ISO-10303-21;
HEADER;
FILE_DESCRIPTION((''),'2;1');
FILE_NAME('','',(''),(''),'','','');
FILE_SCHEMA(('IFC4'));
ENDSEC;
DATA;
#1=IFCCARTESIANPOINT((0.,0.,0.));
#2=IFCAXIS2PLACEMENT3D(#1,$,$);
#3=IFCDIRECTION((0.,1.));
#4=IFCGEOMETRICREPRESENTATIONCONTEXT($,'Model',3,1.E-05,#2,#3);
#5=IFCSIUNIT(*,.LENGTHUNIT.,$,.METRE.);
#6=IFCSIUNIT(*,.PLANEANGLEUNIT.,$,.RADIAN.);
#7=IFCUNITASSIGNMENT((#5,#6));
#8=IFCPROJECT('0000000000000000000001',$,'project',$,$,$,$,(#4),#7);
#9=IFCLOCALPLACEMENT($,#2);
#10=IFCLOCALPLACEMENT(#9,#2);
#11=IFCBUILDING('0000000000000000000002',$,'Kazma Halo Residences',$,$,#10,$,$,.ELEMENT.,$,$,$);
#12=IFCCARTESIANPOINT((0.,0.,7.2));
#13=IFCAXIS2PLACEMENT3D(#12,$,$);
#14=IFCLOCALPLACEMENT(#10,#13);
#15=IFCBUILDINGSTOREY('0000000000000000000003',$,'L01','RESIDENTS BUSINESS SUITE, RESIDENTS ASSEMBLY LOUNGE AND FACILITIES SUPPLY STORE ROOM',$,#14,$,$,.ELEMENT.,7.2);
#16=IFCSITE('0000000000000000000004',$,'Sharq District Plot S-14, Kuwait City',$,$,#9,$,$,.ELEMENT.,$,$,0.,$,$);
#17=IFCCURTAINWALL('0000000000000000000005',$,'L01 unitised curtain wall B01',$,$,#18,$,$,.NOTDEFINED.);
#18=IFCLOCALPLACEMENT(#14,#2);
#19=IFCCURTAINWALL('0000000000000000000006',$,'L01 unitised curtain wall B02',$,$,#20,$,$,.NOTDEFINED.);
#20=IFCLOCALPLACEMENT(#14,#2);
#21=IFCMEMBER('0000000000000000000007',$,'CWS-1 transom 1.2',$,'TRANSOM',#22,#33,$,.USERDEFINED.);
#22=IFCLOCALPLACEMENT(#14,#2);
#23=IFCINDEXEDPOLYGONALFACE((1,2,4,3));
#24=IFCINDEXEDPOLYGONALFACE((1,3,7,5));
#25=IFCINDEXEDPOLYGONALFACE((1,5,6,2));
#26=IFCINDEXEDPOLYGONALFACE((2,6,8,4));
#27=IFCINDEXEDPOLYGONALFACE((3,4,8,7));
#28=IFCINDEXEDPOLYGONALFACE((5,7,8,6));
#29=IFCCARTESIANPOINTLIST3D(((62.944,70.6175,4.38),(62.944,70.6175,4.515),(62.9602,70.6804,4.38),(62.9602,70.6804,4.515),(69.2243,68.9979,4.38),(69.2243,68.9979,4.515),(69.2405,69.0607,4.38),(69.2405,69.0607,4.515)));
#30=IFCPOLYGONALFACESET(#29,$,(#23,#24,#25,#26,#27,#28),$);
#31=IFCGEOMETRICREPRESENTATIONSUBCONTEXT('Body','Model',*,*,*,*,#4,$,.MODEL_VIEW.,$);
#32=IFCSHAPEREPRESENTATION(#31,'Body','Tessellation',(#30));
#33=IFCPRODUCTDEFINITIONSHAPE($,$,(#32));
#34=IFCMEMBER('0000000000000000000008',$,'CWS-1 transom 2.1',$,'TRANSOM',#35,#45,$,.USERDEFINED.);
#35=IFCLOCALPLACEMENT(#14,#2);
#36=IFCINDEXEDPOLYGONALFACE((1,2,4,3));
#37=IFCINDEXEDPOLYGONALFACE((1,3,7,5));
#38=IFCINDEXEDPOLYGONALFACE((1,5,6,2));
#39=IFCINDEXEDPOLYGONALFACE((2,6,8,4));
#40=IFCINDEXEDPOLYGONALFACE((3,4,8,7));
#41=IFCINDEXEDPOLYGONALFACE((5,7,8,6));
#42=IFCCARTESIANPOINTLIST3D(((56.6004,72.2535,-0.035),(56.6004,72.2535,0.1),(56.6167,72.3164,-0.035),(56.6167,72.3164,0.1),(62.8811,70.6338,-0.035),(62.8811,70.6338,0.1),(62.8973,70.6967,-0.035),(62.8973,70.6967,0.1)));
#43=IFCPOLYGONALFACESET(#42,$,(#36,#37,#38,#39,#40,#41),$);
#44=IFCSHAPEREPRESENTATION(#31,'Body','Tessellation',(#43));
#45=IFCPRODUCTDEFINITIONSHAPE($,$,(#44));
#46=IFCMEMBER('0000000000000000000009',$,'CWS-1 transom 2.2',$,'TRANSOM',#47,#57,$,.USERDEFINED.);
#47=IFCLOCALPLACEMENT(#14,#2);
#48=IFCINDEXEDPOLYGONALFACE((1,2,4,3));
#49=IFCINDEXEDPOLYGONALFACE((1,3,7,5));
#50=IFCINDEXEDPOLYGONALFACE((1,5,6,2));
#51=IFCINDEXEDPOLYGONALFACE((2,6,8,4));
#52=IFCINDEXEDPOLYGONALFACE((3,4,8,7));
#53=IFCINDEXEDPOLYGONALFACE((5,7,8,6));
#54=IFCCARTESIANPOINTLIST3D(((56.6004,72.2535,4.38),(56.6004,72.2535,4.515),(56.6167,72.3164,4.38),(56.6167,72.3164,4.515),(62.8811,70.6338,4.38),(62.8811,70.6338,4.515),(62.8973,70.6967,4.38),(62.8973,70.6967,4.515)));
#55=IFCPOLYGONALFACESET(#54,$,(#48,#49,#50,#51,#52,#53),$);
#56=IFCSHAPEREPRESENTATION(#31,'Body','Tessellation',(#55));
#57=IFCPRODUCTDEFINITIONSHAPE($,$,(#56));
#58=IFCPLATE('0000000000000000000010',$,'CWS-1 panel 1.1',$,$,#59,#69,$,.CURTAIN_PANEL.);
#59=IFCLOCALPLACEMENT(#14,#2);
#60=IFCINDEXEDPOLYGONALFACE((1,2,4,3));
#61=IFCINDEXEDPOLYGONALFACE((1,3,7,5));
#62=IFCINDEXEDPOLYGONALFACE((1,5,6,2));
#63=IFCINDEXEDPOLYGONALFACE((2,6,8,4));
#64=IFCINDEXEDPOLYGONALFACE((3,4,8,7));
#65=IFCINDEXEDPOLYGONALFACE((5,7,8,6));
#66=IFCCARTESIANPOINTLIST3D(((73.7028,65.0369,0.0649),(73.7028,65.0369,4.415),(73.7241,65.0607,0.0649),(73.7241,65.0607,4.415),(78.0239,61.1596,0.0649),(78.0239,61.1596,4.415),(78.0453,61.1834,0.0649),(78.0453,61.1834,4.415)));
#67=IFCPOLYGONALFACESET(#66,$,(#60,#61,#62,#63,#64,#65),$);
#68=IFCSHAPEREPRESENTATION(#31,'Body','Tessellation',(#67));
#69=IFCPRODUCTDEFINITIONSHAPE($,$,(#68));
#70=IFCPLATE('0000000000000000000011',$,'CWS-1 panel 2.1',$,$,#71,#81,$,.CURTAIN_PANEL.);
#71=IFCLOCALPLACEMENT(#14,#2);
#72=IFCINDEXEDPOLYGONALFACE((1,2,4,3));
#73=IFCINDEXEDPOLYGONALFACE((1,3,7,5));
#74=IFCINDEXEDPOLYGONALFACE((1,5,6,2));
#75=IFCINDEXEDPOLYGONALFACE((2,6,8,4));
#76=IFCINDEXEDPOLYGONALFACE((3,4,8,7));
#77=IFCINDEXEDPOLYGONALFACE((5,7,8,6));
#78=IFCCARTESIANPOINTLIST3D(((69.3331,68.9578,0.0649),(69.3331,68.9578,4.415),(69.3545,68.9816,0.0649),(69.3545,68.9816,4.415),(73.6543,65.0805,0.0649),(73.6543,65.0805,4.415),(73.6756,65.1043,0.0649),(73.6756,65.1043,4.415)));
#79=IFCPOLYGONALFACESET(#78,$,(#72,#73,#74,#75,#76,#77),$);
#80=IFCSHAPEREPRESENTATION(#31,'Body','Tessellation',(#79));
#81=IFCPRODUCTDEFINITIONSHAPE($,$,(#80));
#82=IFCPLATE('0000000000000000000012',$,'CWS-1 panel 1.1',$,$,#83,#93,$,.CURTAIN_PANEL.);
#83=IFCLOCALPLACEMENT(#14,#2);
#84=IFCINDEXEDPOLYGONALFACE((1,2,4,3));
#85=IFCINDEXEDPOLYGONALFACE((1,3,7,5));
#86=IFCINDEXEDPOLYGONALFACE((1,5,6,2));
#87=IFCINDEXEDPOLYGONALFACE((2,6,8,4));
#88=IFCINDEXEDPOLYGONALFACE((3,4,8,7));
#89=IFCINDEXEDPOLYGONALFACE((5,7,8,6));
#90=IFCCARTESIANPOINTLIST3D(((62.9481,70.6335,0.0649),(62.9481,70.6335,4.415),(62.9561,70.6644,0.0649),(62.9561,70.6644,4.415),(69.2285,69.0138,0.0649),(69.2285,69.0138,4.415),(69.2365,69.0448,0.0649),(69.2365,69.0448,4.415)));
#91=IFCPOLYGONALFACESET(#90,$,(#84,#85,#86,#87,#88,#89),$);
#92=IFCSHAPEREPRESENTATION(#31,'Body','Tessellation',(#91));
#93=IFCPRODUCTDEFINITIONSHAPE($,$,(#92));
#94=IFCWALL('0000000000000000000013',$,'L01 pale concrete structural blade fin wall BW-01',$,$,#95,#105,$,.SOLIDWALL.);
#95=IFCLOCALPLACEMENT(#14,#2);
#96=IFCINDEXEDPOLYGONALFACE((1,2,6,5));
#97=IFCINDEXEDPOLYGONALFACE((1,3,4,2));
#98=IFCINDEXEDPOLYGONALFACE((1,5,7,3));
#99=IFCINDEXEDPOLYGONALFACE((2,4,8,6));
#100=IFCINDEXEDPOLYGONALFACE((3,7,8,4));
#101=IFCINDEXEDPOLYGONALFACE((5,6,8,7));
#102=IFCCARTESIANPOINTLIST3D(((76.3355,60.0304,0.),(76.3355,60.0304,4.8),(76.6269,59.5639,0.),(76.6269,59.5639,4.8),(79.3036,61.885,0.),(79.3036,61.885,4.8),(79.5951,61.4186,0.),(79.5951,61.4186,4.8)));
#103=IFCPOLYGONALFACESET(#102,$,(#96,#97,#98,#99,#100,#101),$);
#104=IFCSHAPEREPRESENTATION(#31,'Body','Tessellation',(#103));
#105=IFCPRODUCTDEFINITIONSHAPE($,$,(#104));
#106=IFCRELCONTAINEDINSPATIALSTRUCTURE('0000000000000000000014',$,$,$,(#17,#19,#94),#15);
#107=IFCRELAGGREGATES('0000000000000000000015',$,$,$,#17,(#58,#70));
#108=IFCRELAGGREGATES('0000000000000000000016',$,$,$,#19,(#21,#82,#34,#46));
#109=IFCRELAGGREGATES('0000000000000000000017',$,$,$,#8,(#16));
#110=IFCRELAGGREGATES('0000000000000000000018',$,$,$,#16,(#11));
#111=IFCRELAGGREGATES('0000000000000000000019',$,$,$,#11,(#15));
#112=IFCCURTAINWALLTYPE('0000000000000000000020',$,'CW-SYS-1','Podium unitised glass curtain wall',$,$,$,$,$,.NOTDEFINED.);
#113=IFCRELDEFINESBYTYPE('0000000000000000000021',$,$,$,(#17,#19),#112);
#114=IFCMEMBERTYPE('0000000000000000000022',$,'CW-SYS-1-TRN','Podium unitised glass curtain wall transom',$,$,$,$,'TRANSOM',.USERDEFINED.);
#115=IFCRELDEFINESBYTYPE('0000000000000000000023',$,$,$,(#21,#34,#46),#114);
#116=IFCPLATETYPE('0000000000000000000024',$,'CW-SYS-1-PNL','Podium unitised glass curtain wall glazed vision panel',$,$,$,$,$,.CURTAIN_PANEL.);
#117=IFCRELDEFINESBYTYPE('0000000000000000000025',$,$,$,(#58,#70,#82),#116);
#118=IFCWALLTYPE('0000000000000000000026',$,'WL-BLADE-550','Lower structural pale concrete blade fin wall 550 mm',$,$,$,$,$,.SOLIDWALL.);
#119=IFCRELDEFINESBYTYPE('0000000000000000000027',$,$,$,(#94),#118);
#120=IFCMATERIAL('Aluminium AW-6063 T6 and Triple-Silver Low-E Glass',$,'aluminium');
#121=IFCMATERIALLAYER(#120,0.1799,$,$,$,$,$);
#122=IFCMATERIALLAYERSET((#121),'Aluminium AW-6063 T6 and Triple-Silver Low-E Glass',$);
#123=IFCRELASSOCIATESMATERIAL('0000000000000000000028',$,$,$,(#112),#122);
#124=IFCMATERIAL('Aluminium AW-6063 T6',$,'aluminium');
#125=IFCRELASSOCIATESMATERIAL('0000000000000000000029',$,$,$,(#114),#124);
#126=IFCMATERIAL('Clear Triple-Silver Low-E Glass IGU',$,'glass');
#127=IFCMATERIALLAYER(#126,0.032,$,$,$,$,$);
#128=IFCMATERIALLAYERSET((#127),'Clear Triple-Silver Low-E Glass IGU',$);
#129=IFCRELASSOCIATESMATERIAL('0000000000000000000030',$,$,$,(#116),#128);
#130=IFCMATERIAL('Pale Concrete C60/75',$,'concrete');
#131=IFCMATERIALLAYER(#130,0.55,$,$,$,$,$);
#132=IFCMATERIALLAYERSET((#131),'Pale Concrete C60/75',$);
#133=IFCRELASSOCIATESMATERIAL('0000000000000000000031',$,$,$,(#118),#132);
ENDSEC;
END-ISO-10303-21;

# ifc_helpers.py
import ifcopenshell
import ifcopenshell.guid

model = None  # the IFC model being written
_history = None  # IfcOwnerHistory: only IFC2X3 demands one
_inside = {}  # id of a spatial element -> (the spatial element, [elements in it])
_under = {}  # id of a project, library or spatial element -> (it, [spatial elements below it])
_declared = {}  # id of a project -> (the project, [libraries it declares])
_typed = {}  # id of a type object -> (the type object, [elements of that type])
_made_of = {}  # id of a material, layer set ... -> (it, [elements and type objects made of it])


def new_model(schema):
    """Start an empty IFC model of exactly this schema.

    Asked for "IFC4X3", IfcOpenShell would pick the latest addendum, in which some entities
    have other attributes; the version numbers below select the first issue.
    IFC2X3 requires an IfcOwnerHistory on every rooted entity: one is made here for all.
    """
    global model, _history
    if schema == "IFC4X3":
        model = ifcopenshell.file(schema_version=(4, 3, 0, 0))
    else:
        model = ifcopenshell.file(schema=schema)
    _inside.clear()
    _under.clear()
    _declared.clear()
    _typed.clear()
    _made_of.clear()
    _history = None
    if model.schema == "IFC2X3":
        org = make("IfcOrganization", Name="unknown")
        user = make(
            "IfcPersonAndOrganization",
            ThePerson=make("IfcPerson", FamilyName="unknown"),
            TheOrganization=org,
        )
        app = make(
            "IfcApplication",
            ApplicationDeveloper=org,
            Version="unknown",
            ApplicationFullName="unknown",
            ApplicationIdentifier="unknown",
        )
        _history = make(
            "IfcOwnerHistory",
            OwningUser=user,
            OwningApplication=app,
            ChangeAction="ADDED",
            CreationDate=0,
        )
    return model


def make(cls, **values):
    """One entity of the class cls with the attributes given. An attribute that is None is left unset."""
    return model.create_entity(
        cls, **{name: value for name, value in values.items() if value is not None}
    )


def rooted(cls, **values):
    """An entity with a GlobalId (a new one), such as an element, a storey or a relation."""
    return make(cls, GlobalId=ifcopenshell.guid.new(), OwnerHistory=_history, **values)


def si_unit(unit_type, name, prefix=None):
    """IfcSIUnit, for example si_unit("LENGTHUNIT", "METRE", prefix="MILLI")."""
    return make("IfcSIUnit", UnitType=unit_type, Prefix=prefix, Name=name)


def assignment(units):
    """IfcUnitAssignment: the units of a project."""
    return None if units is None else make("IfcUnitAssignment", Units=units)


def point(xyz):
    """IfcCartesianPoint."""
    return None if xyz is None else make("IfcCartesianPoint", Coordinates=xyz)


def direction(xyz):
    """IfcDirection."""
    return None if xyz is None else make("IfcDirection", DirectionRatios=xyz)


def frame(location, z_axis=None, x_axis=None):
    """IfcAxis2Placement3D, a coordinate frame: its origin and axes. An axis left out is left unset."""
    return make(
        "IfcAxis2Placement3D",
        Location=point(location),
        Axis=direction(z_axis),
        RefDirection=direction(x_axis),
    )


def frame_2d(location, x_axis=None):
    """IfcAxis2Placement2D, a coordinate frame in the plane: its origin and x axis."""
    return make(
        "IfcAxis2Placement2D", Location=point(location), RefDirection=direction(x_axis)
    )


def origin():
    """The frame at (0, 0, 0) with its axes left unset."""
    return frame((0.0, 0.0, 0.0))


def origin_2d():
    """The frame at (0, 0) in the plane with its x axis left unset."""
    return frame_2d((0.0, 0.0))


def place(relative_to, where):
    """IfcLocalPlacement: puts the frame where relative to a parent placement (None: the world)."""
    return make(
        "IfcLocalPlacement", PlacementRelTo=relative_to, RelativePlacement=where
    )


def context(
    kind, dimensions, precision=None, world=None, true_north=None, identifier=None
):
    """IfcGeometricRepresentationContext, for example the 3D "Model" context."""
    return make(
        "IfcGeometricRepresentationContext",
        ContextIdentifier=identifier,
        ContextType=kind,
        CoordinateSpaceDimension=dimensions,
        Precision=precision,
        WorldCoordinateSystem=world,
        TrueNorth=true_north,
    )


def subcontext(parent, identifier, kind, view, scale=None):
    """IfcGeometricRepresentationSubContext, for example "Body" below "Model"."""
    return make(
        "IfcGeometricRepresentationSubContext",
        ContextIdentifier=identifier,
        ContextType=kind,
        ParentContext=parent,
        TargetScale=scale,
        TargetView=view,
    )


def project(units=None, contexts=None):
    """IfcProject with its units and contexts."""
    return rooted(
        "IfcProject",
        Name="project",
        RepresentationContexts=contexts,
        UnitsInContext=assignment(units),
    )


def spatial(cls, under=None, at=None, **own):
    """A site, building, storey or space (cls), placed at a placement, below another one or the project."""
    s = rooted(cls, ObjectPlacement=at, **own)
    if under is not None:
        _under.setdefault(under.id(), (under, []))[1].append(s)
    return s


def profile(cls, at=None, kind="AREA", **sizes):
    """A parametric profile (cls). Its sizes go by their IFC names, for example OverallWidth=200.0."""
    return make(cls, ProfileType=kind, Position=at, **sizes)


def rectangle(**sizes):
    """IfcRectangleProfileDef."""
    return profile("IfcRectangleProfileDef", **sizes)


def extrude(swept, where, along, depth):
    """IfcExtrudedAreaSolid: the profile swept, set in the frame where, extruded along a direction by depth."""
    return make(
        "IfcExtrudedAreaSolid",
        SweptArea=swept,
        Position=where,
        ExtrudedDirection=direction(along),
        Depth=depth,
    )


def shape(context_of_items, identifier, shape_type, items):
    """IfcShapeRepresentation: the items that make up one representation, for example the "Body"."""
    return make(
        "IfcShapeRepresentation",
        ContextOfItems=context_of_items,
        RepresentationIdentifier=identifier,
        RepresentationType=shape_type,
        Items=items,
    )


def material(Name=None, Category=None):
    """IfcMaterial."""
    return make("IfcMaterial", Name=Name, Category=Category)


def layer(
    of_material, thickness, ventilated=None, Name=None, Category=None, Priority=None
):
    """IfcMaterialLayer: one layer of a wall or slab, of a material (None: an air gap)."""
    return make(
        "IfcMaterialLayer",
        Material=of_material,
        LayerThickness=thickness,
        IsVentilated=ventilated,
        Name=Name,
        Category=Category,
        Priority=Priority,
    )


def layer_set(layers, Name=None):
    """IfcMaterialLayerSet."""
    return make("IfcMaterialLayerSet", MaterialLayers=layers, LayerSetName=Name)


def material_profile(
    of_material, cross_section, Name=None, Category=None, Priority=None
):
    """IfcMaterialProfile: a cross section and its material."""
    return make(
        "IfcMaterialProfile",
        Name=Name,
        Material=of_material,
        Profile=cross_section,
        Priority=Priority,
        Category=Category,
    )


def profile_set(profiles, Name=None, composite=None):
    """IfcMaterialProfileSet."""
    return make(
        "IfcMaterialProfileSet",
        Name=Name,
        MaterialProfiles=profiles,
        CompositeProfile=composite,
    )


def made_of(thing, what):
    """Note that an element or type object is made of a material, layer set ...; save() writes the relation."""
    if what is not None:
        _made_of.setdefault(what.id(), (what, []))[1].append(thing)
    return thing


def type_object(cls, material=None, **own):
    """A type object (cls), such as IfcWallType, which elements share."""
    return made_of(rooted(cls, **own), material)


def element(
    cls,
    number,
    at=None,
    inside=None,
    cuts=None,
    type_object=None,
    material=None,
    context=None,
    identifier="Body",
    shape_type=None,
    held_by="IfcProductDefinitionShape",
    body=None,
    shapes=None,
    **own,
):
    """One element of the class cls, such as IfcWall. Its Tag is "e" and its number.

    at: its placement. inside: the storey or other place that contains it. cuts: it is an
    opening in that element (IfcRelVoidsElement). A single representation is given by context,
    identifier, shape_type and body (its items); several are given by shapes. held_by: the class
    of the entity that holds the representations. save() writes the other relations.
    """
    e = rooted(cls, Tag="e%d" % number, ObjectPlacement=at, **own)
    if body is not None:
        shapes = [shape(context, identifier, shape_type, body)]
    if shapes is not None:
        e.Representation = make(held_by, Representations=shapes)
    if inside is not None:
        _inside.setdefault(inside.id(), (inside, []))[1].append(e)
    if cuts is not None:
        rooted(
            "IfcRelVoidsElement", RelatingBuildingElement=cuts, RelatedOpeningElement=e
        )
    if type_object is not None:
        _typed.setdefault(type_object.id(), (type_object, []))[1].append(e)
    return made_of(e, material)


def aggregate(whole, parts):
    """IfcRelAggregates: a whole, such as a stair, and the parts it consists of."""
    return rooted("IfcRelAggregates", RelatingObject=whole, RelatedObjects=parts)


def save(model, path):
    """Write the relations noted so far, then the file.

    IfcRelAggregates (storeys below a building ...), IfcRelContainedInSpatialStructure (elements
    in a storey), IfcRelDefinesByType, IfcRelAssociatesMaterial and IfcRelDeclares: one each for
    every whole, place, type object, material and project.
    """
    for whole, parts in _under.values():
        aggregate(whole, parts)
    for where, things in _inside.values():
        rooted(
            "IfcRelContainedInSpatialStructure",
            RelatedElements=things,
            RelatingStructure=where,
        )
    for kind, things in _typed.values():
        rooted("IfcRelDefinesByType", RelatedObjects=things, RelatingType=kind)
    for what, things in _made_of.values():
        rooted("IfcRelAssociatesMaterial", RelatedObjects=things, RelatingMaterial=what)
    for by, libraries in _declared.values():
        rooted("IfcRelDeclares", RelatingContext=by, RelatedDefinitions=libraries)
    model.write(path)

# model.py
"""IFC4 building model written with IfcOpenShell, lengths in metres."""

from ifc_helpers import new_model, si_unit, direction, frame, frame_2d, origin, origin_2d, place, context, subcontext, project, spatial, rectangle, extrude, material, layer, layer_set, material_profile, profile_set, type_object, element, aggregate, save


model = new_model("IFC4")

# Units and contexts
model_context = context("Model", 3, precision=1e-05, world=origin(), true_north=direction((0.0, 1.0)))
body_context = subcontext(model_context, "Body", "Model", "MODEL_VIEW")
ifc_project = project(units=[si_unit("LENGTHUNIT", "METRE"), si_unit("PLANEANGLEUNIT", "RADIAN")], contexts=[model_context])

# Site, building, storey
site_placement = place(None, origin())
site = spatial("IfcSite", under=ifc_project, at=site_placement, Name="Sharq District Plot S-14, Kuwait City", CompositionType="ELEMENT", RefElevation=0.0)
building_placement = place(site_placement, origin())
building = spatial("IfcBuilding", under=site, at=building_placement, Name="Kazma Halo Residences", CompositionType="ELEMENT")
storey_placement = place(building_placement, frame((0.0, 0.0, 7.2)))
storey = spatial("IfcBuildingStorey", under=building, at=storey_placement, Name="L01", Description="RESIDENTS BUSINESS SUITE, RESIDENTS ASSEMBLY LOUNGE AND FACILITIES SUPPLY STORE ROOM", CompositionType="ELEMENT", Elevation=7.2)

# Curtain walls
ifc_material_1 = material(Name="Aluminium AW-6063 T6 and Triple-Silver Low-E Glass", Category="aluminium")
ifc_layer_1 = layer(ifc_material_1, 0.1799)
ifc_layer_set_1 = layer_set([ifc_layer_1], Name="Aluminium AW-6063 T6 and Triple-Silver Low-E Glass")
curtain_wall_type = type_object("IfcCurtainWallType", Name="CW-SYS-1", Description="Podium unitised glass curtain wall", PredefinedType="NOTDEFINED", material=ifc_layer_set_1)
curtain_wall_1_placement = place(storey_placement, origin())
curtain_wall_1 = element("IfcCurtainWall", 1, at=curtain_wall_1_placement, inside=storey, type_object=curtain_wall_type, Name="L01 unitised curtain wall B01", PredefinedType="NOTDEFINED")
ifc_material_2 = material(Name="Aluminium AW-6063 T6", Category="aluminium")
curtain_wall_2_placement = place(storey_placement, origin())
curtain_wall_2 = element("IfcCurtainWall", 2, at=curtain_wall_2_placement, inside=storey, type_object=curtain_wall_type, Name="L01 unitised curtain wall B02", PredefinedType="NOTDEFINED")

# Members
ifc_material_profile_1 = material_profile(ifc_material_2, rectangle(XDim=0.0649, YDim=0.135, at=origin_2d()), Name="CWT-65x135")
ifc_profile_set_1 = profile_set([ifc_material_profile_1], Name="Aluminium AW-6063 T6")
member_type_1 = type_object("IfcMemberType", Name="CW-SYS-1-TRN", Description="Podium unitised glass curtain wall transom", ElementType="TRANSOM", PredefinedType="USERDEFINED", material=ifc_profile_set_1)
member_1_placement = place(storey_placement, frame((69.2324, 69.0293, 4.4475), z_axis=(-0.968318, 0.249721, 0.0), x_axis=(-0.249721, -0.968318, 0.0)))
member_1 = element("IfcMember", 3, at=member_1_placement, type_object=member_type_1, Name="CWS-1 transom 1.2", ObjectType="TRANSOM", PredefinedType="USERDEFINED", context=body_context, shape_type="SweptSolid", body=[
    extrude(rectangle(XDim=0.0649, YDim=0.135, at=origin_2d()), origin(), (0.0, 0.0, 1.0), 6.4858),
])
member_2_placement = place(storey_placement, frame((62.8892, 70.6653, 0.0325), z_axis=(-0.96832, 0.249712, 0.0), x_axis=(-0.249712, -0.96832, 0.0)))
member_2 = element("IfcMember", 4, at=member_2_placement, type_object=member_type_1, Name="CWS-1 transom 2.1", ObjectType="TRANSOM", PredefinedType="USERDEFINED", context=body_context, shape_type="SweptSolid", body=[
    extrude(rectangle(XDim=0.0649, YDim=0.135, at=origin_2d()), origin(), (0.0, 0.0, 1.0), 6.4861),
])
member_3_placement = place(storey_placement, frame((62.8892, 70.6653, 4.4475), z_axis=(-0.96832, 0.249712, 0.0), x_axis=(-0.249712, -0.96832, 0.0)))
member_3 = element("IfcMember", 5, at=member_3_placement, type_object=member_type_1, Name="CWS-1 transom 2.2", ObjectType="TRANSOM", PredefinedType="USERDEFINED", context=body_context, shape_type="SweptSolid", body=[
    extrude(rectangle(XDim=0.0649, YDim=0.135, at=origin_2d()), origin(), (0.0, 0.0, 1.0), 6.4861),
])

# Plates
ifc_material_3 = material(Name="Clear Triple-Silver Low-E Glass IGU", Category="glass")
ifc_layer_2 = layer(ifc_material_3, 0.032)
ifc_layer_set_2 = layer_set([ifc_layer_2], Name="Clear Triple-Silver Low-E Glass IGU")
plate_type = type_object("IfcPlateType", Name="CW-SYS-1-PNL", Description="Podium unitised glass curtain wall glazed vision panel", PredefinedType="CURTAIN_PANEL", material=ifc_layer_set_2)
plate_1_placement = place(storey_placement, frame((75.874, 63.1101, 0.0649), z_axis=(0.0, 0.0, 1.0), x_axis=(-0.744298, 0.667848, 0.0)))
plate_1 = element("IfcPlate", 6, at=plate_1_placement, type_object=plate_type, Name="CWS-1 panel 1.1", PredefinedType="CURTAIN_PANEL", context=body_context, shape_type="SweptSolid", body=[
    extrude(rectangle(XDim=5.8057, YDim=0.032, at=origin_2d()), origin(), (0.0, 0.0, 1.0), 4.3501),
])
plate_2_placement = place(storey_placement, frame((71.5044, 67.031, 0.0649), z_axis=(0.0, 0.0, 1.0), x_axis=(-0.744298, 0.667848, 0.0)))
plate_2 = element("IfcPlate", 7, at=plate_2_placement, type_object=plate_type, Name="CWS-1 panel 2.1", PredefinedType="CURTAIN_PANEL", context=body_context, shape_type="SweptSolid", body=[
    extrude(rectangle(XDim=5.8057, YDim=0.032, at=origin_2d()), origin(), (0.0, 0.0, 1.0), 4.3501),
])
aggregate(curtain_wall_1, [plate_1, plate_2])
plate_3_placement = place(storey_placement, frame((66.0923, 69.8391, 0.0649), z_axis=(0.0, 0.0, 1.0), x_axis=(-0.968316, 0.249727, 0.0)))
plate_3 = element("IfcPlate", 8, at=plate_3_placement, type_object=plate_type, Name="CWS-1 panel 1.1", PredefinedType="CURTAIN_PANEL", context=body_context, shape_type="SweptSolid", body=[
    extrude(rectangle(XDim=6.4858, YDim=0.032, at=origin_2d()), origin(), (0.0, 0.0, 1.0), 4.3501),
])
aggregate(curtain_wall_2, [member_1, plate_3, member_2, member_3])

# Wall
ifc_material_4 = material(Name="Pale Concrete C60/75", Category="concrete")
ifc_layer_3 = layer(ifc_material_4, 0.55)
ifc_layer_set_3 = layer_set([ifc_layer_3], Name="Pale Concrete C60/75")
wall_type = type_object("IfcWallType", Name="WL-BLADE-550", Description="Lower structural pale concrete blade fin wall 550 mm", PredefinedType="SOLIDWALL", material=ifc_layer_set_3)
wall_placement = place(storey_placement, frame((76.4812, 59.7971, 0.0), z_axis=(0.0, 0.0, 1.0), x_axis=(0.848053, 0.529911, 0.0)))
element("IfcWall", 9, at=wall_placement, inside=storey, type_object=wall_type, Name="L01 pale concrete structural blade fin wall BW-01", PredefinedType="SOLIDWALL", context=body_context, shape_type="SweptSolid", body=[
    extrude(rectangle(XDim=3.5, YDim=0.55, at=frame_2d((1.75, 0.0))), origin(), (0.0, 0.0, 1.0), 4.8),
])

save(model, "model.ifc")
